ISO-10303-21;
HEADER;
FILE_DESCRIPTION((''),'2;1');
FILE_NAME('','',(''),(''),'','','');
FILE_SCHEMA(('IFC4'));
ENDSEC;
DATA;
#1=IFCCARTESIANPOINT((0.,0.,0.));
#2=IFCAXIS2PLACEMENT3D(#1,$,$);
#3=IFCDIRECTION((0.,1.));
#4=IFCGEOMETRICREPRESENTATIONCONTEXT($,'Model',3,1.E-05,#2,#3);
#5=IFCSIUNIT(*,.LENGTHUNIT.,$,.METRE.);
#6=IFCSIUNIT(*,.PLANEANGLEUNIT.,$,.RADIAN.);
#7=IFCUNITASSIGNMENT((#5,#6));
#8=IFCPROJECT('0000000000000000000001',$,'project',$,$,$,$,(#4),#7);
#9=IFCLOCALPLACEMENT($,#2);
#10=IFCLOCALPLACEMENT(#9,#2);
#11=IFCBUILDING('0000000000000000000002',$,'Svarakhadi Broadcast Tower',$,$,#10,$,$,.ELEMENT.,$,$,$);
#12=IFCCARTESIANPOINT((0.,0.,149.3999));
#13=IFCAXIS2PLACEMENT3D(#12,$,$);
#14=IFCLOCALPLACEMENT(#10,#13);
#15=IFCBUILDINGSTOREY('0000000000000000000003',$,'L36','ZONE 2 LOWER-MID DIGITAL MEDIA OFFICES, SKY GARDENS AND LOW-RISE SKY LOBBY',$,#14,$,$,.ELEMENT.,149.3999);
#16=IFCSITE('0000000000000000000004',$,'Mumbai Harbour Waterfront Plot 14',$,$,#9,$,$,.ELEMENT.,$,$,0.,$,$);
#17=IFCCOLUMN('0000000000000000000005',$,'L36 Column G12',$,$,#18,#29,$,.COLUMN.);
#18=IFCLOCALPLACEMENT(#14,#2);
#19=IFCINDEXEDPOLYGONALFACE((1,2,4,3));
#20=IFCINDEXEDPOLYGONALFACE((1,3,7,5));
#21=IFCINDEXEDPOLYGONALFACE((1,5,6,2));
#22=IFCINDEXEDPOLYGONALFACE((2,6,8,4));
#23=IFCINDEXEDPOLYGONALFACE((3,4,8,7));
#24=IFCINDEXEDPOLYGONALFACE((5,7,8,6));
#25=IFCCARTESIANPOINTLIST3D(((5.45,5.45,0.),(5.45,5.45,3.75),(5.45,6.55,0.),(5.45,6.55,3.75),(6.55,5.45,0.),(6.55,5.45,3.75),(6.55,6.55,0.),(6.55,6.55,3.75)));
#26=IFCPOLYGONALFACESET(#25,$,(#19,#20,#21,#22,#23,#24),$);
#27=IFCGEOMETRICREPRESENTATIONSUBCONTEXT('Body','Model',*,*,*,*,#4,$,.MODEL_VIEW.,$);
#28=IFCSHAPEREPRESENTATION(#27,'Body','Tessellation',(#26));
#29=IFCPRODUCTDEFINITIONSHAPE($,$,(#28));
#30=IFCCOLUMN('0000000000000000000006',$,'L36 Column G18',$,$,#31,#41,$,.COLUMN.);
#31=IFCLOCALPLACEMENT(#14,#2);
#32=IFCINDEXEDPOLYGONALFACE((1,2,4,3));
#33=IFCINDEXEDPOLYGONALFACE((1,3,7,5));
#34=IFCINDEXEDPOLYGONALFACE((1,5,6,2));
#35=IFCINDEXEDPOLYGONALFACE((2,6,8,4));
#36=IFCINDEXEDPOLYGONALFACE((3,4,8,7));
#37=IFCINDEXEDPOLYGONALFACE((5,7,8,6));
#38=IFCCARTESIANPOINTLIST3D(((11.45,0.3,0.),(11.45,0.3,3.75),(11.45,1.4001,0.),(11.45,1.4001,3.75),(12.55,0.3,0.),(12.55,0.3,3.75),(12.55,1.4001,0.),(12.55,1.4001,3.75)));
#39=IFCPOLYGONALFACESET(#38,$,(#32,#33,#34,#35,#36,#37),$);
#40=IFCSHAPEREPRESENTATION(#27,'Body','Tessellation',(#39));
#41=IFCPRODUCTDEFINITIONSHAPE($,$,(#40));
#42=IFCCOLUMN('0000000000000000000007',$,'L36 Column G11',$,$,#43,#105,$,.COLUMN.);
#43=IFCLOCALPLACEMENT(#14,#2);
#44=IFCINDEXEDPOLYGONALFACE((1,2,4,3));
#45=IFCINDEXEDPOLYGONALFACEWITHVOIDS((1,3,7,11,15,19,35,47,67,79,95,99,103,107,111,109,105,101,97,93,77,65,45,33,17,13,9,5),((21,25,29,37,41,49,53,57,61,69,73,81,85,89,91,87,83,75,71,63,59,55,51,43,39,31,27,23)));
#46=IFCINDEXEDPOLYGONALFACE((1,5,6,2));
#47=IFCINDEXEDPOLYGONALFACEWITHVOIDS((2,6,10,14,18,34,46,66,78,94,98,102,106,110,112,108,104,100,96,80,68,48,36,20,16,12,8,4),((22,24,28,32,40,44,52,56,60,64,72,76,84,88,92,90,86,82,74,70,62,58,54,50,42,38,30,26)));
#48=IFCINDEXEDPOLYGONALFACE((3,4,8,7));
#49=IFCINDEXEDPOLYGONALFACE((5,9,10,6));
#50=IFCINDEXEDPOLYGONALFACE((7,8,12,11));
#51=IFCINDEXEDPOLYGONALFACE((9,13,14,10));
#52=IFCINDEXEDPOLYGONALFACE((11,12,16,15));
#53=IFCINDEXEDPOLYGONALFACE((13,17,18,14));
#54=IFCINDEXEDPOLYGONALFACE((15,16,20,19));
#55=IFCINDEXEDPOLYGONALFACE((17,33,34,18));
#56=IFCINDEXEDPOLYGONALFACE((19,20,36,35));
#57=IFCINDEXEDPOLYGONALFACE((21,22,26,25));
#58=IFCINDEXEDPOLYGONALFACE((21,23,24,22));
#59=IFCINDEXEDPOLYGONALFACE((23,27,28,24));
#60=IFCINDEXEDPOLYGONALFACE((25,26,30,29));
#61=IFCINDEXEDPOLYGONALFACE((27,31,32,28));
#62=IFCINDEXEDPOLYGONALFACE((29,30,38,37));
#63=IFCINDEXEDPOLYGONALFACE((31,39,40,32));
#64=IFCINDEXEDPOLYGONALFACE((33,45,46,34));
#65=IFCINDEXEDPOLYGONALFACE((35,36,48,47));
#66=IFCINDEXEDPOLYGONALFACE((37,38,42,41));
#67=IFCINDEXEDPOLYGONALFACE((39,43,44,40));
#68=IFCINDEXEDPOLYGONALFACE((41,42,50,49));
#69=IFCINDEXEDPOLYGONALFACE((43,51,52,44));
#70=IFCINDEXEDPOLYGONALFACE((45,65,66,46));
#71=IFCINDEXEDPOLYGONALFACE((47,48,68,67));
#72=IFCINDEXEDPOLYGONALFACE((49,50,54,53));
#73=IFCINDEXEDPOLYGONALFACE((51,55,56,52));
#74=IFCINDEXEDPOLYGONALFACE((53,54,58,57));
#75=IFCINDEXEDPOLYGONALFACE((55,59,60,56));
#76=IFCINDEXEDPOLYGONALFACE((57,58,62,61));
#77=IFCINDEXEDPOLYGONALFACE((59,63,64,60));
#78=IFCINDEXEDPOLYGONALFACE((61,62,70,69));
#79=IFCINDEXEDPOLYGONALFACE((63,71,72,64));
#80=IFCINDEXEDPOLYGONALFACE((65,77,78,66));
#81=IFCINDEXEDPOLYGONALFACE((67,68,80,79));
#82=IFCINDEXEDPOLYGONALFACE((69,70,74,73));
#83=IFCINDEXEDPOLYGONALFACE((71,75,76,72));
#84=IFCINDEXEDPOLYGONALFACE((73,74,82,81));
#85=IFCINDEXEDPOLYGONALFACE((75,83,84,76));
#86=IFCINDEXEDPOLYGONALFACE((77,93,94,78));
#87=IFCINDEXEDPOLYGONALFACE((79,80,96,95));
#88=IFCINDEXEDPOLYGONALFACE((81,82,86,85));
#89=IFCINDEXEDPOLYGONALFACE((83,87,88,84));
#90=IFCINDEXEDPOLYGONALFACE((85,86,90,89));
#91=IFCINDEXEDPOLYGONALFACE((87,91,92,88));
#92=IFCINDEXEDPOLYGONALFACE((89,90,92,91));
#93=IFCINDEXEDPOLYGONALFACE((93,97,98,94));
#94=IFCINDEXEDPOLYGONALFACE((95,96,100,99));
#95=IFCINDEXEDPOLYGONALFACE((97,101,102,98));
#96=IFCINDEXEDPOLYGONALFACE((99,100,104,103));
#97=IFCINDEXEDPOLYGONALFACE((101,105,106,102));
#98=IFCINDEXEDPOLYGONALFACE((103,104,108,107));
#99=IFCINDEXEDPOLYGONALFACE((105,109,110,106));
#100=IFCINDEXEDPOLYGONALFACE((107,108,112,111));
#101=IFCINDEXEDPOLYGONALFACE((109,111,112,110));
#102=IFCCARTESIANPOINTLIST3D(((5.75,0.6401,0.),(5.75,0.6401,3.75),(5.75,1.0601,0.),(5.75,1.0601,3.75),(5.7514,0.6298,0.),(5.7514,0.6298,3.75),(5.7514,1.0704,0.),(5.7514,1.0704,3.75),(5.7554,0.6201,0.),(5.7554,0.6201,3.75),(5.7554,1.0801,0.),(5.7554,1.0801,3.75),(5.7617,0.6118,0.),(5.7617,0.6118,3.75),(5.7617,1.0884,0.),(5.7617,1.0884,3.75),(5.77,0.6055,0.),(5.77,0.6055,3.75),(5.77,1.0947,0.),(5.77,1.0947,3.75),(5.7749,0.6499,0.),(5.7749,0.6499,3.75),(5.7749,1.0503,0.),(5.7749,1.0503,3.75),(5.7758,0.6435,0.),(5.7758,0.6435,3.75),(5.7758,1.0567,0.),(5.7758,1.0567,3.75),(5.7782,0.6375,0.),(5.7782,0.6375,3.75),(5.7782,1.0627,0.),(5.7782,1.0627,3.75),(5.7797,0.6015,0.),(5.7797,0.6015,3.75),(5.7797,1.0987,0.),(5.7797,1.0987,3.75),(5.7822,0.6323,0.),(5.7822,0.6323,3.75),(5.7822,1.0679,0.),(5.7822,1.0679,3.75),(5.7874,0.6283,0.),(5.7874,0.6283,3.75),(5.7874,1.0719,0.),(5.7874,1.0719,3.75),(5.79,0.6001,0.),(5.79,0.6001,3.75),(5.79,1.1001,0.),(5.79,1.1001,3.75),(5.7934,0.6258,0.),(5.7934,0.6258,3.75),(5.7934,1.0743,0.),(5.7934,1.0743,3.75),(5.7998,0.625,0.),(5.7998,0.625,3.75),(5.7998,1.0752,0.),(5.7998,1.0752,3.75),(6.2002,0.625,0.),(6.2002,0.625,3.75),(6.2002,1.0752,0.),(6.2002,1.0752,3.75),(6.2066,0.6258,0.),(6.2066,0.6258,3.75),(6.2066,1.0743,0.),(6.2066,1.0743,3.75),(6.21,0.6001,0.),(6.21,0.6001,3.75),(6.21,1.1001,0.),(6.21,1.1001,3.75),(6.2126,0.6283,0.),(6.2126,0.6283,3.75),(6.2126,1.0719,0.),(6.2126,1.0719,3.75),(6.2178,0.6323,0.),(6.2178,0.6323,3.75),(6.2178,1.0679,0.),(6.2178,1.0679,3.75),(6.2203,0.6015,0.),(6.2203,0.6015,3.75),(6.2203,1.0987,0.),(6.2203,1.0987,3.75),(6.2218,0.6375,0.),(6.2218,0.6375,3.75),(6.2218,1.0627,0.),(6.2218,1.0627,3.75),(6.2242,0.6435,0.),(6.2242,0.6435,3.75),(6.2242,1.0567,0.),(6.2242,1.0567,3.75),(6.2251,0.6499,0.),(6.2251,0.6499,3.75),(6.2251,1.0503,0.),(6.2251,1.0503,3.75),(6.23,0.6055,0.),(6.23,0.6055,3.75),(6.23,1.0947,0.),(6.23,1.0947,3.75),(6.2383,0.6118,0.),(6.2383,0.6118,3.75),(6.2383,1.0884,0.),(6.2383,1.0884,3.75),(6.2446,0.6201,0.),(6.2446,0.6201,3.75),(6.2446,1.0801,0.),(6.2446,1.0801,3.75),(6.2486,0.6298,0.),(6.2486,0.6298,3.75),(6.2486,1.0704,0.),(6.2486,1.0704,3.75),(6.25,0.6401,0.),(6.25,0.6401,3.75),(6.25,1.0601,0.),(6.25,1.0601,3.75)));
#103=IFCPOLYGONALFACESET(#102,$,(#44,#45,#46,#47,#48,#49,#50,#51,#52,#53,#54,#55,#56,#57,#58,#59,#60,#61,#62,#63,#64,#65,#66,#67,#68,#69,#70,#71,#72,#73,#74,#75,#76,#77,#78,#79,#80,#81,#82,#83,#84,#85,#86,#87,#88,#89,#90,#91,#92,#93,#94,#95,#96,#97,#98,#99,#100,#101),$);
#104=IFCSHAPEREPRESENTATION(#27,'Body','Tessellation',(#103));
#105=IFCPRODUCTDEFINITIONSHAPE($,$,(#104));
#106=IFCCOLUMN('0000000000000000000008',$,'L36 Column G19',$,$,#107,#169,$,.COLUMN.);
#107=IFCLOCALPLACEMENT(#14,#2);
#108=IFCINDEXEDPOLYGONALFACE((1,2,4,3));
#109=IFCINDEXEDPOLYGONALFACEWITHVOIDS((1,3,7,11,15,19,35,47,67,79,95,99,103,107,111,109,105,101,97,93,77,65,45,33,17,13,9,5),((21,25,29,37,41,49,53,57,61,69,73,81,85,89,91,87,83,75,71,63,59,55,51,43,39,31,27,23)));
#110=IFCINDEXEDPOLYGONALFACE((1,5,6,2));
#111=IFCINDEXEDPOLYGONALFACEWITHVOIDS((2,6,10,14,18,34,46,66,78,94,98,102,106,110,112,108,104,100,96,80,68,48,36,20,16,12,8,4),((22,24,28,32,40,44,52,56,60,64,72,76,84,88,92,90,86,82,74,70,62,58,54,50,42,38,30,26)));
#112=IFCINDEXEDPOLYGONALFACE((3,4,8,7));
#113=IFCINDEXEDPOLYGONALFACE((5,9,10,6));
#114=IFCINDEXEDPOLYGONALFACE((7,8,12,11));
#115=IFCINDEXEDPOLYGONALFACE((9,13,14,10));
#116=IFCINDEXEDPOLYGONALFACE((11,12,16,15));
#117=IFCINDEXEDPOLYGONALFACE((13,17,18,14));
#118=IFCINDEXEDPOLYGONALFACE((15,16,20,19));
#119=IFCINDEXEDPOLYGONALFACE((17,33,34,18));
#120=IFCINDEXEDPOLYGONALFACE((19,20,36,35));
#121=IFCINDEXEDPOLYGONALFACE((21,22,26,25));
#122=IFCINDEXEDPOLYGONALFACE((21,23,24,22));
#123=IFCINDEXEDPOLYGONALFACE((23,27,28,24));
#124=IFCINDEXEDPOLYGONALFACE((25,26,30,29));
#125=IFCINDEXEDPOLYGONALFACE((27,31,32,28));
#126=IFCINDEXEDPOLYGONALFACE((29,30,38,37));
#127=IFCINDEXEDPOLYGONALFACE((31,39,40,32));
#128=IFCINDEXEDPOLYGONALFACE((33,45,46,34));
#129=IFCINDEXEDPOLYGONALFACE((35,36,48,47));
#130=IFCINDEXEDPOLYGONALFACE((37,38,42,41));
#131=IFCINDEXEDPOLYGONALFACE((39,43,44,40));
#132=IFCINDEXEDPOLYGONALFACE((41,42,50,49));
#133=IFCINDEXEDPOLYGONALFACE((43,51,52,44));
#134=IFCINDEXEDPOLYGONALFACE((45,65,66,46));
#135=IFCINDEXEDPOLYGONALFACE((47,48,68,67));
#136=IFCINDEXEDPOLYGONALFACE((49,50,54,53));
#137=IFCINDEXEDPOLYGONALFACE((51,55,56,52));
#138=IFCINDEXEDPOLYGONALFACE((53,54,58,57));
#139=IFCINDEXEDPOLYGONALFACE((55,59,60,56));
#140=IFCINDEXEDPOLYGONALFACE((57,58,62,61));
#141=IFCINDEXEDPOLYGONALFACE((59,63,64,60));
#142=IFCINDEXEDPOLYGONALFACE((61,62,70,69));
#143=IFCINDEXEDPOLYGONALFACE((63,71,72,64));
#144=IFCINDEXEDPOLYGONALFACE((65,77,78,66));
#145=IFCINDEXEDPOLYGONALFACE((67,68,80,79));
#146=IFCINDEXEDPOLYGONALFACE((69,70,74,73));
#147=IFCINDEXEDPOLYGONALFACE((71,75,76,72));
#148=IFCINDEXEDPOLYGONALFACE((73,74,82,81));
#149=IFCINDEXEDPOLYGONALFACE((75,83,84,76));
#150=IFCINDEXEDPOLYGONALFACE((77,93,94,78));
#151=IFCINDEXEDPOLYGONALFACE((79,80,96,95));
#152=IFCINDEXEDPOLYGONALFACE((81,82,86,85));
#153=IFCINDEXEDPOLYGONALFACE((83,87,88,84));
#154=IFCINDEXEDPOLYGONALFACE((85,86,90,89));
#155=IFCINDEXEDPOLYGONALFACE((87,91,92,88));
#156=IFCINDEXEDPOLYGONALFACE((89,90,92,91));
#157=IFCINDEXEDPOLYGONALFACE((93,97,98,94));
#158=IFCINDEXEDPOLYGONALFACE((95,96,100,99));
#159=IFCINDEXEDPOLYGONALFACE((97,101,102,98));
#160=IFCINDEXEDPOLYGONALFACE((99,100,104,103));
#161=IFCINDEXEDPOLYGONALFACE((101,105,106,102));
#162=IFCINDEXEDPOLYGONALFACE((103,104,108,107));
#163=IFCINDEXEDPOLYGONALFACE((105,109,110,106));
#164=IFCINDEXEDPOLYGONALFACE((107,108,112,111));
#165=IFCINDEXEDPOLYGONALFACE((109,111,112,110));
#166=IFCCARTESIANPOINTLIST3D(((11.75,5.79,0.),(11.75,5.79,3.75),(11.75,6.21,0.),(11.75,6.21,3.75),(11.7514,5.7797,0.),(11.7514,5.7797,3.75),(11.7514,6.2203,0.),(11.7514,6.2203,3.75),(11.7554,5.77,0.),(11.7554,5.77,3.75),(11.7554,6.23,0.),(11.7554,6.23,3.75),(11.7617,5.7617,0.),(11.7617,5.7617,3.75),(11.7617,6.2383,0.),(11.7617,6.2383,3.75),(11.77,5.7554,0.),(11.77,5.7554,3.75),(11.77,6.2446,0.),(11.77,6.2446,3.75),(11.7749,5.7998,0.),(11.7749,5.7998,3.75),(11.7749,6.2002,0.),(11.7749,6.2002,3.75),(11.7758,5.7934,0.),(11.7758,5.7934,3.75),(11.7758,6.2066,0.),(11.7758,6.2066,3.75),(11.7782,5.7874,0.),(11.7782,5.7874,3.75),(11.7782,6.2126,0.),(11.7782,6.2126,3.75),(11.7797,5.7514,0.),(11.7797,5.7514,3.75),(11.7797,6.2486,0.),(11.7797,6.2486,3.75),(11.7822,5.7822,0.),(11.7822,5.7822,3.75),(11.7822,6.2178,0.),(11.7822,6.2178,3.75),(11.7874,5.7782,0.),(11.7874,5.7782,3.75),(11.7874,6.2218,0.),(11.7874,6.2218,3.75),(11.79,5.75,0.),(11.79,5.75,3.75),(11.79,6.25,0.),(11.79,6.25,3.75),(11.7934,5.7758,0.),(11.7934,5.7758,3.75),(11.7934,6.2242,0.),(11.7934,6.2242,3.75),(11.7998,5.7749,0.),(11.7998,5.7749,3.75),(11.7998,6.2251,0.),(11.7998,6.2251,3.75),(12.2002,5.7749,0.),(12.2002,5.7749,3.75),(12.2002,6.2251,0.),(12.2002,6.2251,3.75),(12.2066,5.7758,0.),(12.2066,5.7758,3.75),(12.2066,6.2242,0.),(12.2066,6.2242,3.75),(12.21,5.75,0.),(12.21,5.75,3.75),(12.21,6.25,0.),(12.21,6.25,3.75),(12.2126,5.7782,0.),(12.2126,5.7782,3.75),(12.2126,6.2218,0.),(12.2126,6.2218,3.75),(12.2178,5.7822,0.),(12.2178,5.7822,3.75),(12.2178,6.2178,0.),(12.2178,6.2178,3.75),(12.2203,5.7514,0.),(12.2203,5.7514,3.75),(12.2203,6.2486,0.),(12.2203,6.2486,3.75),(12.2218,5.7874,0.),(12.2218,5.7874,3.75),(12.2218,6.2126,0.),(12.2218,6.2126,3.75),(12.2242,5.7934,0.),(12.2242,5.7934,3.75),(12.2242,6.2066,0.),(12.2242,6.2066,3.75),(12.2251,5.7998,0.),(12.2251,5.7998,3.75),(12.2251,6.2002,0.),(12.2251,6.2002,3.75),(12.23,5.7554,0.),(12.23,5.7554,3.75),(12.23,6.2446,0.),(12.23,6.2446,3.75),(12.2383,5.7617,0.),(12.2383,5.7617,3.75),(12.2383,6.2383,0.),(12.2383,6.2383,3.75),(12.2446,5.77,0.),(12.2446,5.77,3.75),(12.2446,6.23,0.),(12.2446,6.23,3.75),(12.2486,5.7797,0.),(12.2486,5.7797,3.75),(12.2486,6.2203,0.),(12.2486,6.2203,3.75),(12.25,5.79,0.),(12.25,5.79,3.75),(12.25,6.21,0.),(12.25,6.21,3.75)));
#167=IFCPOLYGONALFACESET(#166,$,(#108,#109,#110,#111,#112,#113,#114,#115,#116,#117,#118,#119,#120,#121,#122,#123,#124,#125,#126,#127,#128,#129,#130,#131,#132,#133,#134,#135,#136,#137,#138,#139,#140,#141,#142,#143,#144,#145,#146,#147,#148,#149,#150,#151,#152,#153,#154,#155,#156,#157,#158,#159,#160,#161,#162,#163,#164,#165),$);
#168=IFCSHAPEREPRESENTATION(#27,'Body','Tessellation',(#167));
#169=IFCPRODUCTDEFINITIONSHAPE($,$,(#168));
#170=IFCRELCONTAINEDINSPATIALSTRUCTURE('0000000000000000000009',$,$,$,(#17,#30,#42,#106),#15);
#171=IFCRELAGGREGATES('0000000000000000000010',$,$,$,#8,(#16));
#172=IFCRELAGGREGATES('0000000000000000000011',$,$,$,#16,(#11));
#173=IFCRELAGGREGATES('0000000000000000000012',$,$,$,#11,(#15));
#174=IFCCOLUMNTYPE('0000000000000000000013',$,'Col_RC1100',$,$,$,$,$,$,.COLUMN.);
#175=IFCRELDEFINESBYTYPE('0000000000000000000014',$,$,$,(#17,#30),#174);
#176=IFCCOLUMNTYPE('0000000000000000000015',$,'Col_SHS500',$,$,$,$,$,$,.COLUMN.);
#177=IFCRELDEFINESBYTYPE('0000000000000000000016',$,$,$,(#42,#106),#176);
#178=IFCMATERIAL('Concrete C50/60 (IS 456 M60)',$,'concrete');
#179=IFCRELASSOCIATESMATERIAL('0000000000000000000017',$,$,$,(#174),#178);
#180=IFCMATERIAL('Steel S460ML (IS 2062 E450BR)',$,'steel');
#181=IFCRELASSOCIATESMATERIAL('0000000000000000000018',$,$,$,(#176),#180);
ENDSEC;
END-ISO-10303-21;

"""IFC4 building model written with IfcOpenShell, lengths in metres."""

from ifc_helpers import new_model, si_unit, direction, frame, origin, origin_2d, place, context, subcontext, project, spatial, rectangle, hollow_rectangle, extrude, material, material_profile, profile_set, type_object, element, save


model = new_model("IFC4")

# Units and contexts
model_context = context("Model", 3, precision=1e-05, world=origin(), true_north=direction((0.0, 1.0)))
body_context = subcontext(model_context, "Body", "Model", "MODEL_VIEW")
ifc_project = project(units=[si_unit("LENGTHUNIT", "METRE"), si_unit("PLANEANGLEUNIT", "RADIAN")], contexts=[model_context])

# Site, building, storey
site_placement = place(None, origin())
site = spatial("IfcSite", under=ifc_project, at=site_placement, Name="Mumbai Harbour Waterfront Plot 14", CompositionType="ELEMENT", RefElevation=0.0)
building_placement = place(site_placement, origin())
building = spatial("IfcBuilding", under=site, at=building_placement, Name="Svarakhadi Broadcast Tower", CompositionType="ELEMENT")
storey_placement = place(building_placement, frame((0.0, 0.0, 149.3999)))
storey = spatial("IfcBuildingStorey", under=building, at=storey_placement, Name="L36", Description="ZONE 2 LOWER-MID DIGITAL MEDIA OFFICES, SKY GARDENS AND LOW-RISE SKY LOBBY", CompositionType="ELEMENT", Elevation=149.3999)

# Columns
ifc_material_1 = material(Name="Concrete C50/60 (IS 456 M60)", Category="concrete")
ifc_material_profile_1 = material_profile(ifc_material_1, rectangle(XDim=1.1001, YDim=1.1001, at=origin_2d()), Name="RC 1100x1100")
ifc_profile_set_1 = profile_set([ifc_material_profile_1], Name="Concrete C50/60 (IS 456 M60)")
column_type_1 = type_object("IfcColumnType", Name="Col_RC1100", PredefinedType="COLUMN", material=ifc_profile_set_1)
for number, where, z_axis, x_axis, name in (
    (1, (6.0, 6.0, 0.0), (0.0, 0.0, 1.0), (1.0, 0.0, 0.0), "L36 Column G12"),
    (2, (12.0, 0.8501, 0.0), (0.0, 0.0, 1.0), (1.0, 0.0, 0.0), "L36 Column G18"),
):
    element("IfcColumn", number, at=place(storey_placement, frame(where, z_axis=z_axis, x_axis=x_axis)), inside=storey, type_object=column_type_1, Name=name, PredefinedType="COLUMN", context=body_context, shape_type="SweptSolid", body=[
        extrude(rectangle(XDim=1.1001, YDim=1.1001, at=origin_2d()), origin(), (0.0, 0.0, 1.0), 3.75),
    ])
ifc_material_2 = material(Name="Steel S460ML (IS 2062 E450BR)", Category="steel")
ifc_material_profile_2 = material_profile(ifc_material_2, hollow_rectangle(XDim=0.5, YDim=0.5, WallThickness=0.0249, InnerFilletRadius=0.0249, OuterFilletRadius=0.04, at=origin_2d()), Name="SHS 500x500x25")
ifc_profile_set_2 = profile_set([ifc_material_profile_2], Name="Steel S460ML (IS 2062 E450BR)")
column_type_2 = type_object("IfcColumnType", Name="Col_SHS500", PredefinedType="COLUMN", material=ifc_profile_set_2)
for number, where, z_axis, x_axis, name in (
    (3, (6.0, 0.8501, 0.0), (0.0, 0.0, 1.0), (1.0, 0.0, 0.0), "L36 Column G11"),
    (4, (12.0, 6.0, 0.0), (0.0, 0.0, 1.0), (1.0, 0.0, 0.0), "L36 Column G19"),
):
    element("IfcColumn", number, at=place(storey_placement, frame(where, z_axis=z_axis, x_axis=x_axis)), inside=storey, type_object=column_type_2, Name=name, PredefinedType="COLUMN", context=body_context, shape_type="SweptSolid", body=[
        extrude(hollow_rectangle(XDim=0.5, YDim=0.5, WallThickness=0.0249, InnerFilletRadius=0.0249, OuterFilletRadius=0.04, at=origin_2d()), origin(), (0.0, 0.0, 1.0), 3.75),
    ])

save(model, "model.ifc")
